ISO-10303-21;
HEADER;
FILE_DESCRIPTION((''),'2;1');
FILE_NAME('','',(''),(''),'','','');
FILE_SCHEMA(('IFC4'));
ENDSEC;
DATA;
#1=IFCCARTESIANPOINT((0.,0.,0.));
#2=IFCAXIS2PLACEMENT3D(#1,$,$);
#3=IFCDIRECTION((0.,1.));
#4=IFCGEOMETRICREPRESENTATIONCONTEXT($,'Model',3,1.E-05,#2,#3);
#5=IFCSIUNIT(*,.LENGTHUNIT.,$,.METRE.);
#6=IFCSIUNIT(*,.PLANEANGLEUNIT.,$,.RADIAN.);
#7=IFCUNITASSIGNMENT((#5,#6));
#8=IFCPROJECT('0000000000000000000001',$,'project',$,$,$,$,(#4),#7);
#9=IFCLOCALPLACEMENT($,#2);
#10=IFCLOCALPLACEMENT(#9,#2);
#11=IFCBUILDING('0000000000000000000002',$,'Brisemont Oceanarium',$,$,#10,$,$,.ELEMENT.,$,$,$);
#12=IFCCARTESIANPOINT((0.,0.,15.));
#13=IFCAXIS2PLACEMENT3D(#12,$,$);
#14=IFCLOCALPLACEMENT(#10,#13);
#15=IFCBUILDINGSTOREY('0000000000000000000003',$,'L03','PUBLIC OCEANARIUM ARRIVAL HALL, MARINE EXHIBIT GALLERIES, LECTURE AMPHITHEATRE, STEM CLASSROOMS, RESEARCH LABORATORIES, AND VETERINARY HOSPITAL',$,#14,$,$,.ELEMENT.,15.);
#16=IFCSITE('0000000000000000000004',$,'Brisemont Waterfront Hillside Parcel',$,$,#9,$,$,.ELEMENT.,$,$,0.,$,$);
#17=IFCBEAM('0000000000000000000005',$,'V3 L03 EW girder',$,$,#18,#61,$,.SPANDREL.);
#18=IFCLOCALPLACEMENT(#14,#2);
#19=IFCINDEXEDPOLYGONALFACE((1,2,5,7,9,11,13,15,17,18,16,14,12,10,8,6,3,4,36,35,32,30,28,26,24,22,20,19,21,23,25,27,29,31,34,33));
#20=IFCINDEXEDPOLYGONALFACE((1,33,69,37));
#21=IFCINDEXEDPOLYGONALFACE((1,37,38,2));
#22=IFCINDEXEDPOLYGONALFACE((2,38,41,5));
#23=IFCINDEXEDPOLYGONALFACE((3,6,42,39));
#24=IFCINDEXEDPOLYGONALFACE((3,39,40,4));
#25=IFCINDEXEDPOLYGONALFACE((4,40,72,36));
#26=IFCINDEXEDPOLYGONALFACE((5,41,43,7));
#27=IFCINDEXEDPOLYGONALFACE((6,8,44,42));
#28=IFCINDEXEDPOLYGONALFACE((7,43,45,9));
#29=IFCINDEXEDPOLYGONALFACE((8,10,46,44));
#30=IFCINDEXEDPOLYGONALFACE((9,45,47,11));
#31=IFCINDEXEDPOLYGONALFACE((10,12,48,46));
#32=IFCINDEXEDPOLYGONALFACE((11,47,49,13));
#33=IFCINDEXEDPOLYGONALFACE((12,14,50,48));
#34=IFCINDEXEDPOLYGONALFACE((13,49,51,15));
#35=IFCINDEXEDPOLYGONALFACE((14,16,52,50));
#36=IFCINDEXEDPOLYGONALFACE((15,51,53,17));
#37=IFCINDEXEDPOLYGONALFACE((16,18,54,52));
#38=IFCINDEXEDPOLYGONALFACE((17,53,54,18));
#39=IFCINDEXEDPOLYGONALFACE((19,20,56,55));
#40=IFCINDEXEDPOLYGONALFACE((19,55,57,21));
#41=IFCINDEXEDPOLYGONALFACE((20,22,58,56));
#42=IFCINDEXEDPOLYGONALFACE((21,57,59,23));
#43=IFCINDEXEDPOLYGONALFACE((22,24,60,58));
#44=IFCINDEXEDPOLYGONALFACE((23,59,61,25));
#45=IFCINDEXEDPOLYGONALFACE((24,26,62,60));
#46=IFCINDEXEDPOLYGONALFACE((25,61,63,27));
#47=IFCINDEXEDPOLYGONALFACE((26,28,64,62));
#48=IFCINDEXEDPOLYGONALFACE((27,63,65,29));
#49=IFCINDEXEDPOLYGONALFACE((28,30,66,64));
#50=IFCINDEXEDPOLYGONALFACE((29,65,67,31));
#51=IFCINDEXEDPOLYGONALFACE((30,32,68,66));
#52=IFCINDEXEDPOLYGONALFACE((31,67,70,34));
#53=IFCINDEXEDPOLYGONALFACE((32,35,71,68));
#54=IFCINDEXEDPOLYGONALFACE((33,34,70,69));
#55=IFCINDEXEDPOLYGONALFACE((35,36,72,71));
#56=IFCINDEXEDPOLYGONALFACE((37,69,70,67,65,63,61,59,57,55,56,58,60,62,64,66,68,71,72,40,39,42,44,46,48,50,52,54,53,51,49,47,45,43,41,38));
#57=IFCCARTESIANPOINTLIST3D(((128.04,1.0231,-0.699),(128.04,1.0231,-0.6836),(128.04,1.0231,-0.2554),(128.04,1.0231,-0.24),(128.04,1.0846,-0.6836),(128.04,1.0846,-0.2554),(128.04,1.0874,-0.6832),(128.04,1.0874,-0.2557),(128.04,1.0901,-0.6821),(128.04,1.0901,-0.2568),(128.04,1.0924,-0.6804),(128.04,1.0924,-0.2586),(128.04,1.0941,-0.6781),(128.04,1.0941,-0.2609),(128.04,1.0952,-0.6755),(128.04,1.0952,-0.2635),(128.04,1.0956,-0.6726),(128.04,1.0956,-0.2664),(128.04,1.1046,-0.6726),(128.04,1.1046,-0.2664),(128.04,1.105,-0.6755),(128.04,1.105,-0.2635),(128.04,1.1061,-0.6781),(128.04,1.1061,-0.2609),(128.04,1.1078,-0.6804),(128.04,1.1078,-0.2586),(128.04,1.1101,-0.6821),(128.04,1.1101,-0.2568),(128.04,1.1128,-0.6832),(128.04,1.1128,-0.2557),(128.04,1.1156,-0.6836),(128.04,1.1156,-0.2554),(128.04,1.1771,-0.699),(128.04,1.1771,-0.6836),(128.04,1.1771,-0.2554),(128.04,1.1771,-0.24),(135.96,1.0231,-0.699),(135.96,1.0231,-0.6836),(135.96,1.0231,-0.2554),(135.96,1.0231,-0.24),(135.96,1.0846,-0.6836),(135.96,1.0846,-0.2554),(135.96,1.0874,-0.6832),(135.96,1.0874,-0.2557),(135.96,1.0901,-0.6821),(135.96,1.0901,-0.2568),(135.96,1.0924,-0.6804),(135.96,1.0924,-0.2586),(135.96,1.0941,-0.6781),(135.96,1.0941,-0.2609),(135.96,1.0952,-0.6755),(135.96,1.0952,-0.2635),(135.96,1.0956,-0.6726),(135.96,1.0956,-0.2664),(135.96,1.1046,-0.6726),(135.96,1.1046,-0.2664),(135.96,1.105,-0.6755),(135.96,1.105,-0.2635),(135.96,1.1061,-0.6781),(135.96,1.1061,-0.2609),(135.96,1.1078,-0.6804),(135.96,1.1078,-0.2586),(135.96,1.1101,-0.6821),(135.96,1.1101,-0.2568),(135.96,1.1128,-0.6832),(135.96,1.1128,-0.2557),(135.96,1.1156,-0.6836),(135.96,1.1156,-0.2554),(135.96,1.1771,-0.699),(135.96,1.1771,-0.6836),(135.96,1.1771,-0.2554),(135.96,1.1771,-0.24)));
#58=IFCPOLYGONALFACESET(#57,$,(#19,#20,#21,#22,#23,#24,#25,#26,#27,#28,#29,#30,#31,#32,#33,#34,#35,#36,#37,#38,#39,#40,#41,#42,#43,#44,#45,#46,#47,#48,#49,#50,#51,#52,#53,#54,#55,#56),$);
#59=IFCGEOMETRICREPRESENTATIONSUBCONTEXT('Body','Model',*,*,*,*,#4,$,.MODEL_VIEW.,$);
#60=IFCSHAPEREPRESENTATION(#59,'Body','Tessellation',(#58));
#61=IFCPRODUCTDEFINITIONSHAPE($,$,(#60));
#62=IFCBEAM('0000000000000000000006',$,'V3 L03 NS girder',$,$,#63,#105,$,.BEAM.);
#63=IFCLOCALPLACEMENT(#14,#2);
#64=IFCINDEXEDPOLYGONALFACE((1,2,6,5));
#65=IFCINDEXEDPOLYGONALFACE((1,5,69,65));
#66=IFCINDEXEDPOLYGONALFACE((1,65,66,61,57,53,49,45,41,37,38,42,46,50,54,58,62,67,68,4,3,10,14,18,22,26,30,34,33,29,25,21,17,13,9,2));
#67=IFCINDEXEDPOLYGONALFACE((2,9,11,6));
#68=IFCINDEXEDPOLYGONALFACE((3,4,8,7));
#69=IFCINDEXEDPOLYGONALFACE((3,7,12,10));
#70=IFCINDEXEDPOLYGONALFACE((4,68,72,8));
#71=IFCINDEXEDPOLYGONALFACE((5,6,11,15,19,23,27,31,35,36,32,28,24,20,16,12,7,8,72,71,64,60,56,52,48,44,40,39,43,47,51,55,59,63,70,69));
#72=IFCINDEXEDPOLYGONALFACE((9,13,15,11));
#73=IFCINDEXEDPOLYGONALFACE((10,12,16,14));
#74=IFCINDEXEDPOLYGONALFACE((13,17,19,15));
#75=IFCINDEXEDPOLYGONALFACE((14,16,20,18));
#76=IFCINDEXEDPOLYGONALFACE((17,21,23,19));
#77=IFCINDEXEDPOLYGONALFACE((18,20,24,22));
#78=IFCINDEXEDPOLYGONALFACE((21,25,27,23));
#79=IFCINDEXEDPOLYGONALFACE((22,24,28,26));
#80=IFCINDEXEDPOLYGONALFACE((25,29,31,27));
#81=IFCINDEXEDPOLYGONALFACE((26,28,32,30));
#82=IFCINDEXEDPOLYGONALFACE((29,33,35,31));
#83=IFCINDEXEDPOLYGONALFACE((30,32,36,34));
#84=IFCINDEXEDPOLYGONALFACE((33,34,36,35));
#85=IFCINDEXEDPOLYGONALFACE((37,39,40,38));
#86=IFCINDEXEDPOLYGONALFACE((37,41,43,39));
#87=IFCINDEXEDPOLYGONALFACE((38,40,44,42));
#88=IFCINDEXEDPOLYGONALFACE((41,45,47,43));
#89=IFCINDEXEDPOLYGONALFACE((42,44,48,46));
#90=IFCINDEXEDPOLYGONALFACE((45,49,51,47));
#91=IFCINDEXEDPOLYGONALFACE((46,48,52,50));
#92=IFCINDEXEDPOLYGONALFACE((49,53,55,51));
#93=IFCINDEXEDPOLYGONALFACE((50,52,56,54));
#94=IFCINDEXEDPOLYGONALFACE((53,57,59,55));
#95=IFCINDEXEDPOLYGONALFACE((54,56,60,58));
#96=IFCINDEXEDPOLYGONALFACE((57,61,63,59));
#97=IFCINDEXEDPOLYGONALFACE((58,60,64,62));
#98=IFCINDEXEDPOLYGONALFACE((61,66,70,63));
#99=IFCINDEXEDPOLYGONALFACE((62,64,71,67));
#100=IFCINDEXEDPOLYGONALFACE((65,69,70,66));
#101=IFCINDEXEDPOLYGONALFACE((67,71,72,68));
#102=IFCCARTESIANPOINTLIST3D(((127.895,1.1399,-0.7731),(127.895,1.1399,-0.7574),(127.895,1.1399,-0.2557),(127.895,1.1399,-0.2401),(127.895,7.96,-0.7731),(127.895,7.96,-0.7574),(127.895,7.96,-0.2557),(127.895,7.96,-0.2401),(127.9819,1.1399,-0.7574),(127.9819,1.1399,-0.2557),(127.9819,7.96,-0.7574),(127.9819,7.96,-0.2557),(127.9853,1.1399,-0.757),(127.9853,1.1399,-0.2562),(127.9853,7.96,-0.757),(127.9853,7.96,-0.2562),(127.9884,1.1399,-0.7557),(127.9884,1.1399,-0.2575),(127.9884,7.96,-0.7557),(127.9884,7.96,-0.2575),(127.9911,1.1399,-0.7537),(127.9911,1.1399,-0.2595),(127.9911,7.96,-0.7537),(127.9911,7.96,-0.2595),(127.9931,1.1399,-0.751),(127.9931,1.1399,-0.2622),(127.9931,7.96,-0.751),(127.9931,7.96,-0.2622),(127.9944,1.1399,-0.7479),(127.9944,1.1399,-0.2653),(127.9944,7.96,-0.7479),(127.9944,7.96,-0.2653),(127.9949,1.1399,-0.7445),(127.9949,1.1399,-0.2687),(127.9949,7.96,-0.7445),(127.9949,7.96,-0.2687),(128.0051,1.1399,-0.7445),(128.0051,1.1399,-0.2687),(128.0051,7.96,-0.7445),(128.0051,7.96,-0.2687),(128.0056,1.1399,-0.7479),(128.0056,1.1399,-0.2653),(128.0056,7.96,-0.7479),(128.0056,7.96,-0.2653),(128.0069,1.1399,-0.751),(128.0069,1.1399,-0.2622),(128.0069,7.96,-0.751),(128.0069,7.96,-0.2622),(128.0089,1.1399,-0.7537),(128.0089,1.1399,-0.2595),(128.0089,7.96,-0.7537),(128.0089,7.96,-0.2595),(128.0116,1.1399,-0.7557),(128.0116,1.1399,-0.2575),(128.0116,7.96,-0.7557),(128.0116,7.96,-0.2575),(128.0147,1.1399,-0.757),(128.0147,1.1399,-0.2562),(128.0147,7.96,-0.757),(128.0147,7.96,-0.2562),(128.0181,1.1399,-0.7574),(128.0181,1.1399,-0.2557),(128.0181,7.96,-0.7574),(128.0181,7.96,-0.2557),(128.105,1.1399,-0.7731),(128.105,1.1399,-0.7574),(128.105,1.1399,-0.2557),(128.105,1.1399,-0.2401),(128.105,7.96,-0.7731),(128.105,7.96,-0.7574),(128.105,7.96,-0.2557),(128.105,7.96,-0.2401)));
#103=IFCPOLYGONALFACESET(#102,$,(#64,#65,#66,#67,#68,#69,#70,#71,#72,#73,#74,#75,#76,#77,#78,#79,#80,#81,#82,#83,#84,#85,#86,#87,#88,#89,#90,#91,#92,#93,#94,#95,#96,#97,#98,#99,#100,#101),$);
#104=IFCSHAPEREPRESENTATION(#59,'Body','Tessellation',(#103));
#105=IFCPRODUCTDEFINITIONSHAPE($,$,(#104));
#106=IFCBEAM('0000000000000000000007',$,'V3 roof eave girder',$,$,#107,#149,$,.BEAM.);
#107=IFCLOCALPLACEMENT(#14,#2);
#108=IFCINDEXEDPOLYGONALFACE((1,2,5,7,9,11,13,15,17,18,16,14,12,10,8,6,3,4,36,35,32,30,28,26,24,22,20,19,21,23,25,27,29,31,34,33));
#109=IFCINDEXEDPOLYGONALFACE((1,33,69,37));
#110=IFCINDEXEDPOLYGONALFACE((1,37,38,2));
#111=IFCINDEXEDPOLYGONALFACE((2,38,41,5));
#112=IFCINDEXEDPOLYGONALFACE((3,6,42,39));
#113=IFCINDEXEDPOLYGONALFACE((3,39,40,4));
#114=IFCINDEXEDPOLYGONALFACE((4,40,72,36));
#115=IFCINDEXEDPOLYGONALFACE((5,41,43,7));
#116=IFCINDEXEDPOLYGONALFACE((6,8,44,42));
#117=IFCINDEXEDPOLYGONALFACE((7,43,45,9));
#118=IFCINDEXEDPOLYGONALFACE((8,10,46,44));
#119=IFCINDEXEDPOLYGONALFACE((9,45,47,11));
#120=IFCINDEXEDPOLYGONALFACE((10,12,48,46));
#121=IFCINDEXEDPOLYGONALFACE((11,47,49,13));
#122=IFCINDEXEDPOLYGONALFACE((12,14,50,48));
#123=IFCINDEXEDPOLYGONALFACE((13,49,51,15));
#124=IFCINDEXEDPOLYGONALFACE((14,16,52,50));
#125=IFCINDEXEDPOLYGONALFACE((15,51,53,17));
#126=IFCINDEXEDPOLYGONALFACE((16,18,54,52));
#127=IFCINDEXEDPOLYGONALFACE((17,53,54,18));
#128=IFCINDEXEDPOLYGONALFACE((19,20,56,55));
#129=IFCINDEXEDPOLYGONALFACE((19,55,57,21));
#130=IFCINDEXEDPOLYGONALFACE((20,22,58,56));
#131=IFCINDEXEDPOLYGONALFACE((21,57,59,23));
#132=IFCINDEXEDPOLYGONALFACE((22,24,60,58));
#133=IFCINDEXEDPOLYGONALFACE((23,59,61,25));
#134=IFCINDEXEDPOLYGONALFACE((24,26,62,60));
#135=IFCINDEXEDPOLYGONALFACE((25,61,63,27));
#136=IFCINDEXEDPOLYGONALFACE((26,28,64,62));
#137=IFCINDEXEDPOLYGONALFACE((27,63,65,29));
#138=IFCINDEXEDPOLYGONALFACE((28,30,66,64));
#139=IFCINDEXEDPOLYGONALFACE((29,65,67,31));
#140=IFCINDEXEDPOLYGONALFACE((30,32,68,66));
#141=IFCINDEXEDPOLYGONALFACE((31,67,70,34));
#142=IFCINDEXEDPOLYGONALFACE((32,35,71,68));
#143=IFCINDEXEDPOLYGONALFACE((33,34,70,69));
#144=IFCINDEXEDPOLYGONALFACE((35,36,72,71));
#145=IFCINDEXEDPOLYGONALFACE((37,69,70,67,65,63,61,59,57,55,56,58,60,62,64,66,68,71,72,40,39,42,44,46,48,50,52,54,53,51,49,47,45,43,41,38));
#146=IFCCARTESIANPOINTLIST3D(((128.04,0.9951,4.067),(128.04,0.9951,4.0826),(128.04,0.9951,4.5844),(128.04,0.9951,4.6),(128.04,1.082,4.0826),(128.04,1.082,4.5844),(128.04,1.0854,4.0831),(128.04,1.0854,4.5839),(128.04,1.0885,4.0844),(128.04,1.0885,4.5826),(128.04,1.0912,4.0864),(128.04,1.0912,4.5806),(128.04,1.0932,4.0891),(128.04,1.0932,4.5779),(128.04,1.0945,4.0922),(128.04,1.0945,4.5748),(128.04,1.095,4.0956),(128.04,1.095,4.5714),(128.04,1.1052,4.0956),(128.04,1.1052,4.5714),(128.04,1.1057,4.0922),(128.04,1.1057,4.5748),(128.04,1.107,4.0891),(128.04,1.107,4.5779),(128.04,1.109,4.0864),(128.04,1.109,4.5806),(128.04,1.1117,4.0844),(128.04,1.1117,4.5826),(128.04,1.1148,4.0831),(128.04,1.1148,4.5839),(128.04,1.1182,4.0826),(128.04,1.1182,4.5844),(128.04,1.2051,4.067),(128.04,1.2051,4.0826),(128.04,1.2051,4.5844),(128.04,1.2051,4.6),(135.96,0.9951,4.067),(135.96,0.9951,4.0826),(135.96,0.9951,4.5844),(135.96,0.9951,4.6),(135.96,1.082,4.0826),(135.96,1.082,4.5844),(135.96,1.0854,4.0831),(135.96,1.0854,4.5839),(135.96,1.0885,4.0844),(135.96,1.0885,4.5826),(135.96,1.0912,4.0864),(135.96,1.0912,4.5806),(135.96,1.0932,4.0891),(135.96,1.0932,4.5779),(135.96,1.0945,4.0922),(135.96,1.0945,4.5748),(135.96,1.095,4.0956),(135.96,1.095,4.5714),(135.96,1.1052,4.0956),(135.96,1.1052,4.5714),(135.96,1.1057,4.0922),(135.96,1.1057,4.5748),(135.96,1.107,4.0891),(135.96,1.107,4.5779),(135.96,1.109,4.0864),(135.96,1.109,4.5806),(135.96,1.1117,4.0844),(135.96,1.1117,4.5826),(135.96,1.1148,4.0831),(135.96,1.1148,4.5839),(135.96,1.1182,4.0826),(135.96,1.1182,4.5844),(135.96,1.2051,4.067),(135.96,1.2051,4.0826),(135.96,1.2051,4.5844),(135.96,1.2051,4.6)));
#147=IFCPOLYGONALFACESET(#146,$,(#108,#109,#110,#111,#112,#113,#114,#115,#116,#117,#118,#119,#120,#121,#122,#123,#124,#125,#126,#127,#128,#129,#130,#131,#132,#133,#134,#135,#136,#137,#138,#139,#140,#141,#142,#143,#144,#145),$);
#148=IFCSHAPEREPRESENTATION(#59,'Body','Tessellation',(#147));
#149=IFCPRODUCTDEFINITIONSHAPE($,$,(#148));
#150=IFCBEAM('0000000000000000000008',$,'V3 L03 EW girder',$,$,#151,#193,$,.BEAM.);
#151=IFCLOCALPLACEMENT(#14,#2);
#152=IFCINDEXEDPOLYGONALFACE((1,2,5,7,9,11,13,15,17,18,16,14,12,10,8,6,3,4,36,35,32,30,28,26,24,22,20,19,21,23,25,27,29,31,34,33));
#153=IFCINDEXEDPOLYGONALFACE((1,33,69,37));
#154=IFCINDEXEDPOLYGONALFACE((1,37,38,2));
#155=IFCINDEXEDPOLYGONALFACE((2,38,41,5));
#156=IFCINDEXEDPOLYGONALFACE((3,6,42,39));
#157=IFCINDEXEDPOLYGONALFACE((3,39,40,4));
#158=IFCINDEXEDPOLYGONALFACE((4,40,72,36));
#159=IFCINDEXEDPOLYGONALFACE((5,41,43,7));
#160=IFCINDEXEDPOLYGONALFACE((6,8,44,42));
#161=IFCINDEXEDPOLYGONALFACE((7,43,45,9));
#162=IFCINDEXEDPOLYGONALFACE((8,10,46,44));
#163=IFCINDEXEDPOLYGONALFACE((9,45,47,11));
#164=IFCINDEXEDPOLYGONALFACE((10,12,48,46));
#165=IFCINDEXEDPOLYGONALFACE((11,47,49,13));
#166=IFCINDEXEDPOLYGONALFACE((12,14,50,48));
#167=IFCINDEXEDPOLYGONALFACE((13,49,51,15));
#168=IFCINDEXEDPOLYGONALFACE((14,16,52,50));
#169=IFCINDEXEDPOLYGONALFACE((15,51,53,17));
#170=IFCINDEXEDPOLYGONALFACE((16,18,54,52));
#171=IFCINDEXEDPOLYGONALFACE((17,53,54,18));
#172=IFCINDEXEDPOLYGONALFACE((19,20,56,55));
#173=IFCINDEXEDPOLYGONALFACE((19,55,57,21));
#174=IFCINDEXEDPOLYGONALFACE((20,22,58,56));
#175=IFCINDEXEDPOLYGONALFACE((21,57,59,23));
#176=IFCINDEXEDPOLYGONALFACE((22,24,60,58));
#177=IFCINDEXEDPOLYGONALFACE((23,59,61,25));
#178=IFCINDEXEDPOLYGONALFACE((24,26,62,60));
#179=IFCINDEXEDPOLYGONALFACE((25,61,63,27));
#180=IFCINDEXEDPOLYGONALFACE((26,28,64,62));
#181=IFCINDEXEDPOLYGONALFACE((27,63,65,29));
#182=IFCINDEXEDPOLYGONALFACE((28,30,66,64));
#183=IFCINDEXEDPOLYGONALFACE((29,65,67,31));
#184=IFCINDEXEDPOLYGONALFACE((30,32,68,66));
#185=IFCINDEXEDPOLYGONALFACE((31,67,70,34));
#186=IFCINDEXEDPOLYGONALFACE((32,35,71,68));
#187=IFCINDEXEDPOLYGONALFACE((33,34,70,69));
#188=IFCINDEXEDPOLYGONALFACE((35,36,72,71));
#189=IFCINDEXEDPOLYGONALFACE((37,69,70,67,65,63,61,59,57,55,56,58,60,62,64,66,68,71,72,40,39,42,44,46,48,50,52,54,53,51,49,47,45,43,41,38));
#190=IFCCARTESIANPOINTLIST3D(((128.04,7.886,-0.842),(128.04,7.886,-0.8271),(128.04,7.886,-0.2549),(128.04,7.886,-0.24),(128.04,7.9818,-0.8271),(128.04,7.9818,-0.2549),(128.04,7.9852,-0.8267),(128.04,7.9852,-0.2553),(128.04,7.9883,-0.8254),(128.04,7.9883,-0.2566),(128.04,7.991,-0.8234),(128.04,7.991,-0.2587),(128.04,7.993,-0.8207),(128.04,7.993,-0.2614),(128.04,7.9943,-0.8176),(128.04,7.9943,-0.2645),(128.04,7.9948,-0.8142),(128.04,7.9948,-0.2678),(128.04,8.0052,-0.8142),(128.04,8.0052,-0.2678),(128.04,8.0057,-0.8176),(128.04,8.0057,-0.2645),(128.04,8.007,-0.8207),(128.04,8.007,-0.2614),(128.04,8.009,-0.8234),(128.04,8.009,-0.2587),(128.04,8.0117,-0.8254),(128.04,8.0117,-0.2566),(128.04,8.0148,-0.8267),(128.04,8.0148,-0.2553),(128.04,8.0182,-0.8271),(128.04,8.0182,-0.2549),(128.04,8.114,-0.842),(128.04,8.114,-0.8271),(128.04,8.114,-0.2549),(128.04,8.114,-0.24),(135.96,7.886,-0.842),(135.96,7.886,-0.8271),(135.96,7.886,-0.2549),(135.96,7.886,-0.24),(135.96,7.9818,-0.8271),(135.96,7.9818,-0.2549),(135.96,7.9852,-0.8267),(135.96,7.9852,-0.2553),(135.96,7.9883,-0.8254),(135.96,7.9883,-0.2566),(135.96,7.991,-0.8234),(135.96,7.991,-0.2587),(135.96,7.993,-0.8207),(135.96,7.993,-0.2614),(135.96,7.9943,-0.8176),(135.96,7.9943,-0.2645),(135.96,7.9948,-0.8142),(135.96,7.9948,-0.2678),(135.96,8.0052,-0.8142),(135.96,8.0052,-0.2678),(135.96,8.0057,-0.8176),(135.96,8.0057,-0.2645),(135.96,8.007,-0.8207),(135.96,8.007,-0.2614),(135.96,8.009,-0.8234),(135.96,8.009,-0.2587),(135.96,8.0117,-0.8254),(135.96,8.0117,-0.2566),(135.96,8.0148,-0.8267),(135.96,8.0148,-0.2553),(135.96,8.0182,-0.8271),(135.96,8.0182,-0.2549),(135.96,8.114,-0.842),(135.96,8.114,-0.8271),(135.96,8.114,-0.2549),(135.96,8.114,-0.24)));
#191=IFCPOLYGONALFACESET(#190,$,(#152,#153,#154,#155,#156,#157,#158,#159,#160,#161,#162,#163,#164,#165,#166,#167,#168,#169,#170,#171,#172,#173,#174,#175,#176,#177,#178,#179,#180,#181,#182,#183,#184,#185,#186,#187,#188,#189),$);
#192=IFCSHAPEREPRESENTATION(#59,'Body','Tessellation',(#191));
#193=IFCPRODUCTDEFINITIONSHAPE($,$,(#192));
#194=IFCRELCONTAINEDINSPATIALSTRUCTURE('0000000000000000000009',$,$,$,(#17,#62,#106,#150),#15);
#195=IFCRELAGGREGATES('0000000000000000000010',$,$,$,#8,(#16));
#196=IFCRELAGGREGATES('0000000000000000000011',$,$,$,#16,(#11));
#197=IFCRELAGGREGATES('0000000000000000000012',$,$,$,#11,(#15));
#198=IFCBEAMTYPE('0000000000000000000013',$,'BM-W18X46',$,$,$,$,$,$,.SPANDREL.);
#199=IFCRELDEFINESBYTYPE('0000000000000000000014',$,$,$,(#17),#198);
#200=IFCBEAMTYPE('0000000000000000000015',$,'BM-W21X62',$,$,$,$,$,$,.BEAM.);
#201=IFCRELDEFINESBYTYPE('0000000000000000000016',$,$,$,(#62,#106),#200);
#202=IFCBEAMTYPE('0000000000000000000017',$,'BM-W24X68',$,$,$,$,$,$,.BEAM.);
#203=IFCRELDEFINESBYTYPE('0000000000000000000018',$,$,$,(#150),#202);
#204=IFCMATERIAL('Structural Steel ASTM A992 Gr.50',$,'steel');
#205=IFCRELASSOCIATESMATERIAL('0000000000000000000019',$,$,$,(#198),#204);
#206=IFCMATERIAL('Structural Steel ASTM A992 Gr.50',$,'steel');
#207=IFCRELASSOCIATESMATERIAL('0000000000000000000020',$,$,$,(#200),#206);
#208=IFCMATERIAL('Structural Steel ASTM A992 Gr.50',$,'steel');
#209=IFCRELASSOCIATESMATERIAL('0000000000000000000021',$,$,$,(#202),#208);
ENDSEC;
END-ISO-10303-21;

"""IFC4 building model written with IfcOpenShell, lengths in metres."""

from ifc_helpers import new_model, si_unit, direction, frame, origin, origin_2d, place, context, subcontext, project, spatial, i_section, extrude, material, material_profile, profile_set, type_object, element, save


model = new_model("IFC4")

# Units and contexts
model_context = context("Model", 3, precision=1e-05, world=origin(), true_north=direction((0.0, 1.0)))
body_context = subcontext(model_context, "Body", "Model", "MODEL_VIEW")
ifc_project = project(units=[si_unit("LENGTHUNIT", "METRE"), si_unit("PLANEANGLEUNIT", "RADIAN")], contexts=[model_context])

# Site, building, storey
site_placement = place(None, origin())
site = spatial("IfcSite", under=ifc_project, at=site_placement, Name="Brisemont Waterfront Hillside Parcel", CompositionType="ELEMENT", RefElevation=0.0)
building_placement = place(site_placement, origin())
building = spatial("IfcBuilding", under=site, at=building_placement, Name="Brisemont Oceanarium", CompositionType="ELEMENT")
storey_placement = place(building_placement, frame((0.0, 0.0, 15.0)))
storey = spatial("IfcBuildingStorey", under=building, at=storey_placement, Name="L03", Description="PUBLIC OCEANARIUM ARRIVAL HALL, MARINE EXHIBIT GALLERIES, LECTURE AMPHITHEATRE, STEM CLASSROOMS, RESEARCH LABORATORIES, AND VETERINARY HOSPITAL", CompositionType="ELEMENT", Elevation=15.0)

# Beams
ifc_material_1 = material(Name="Structural Steel ASTM A992 Gr.50", Category="steel")
ifc_material_profile_1 = material_profile(ifc_material_1, i_section(OverallWidth=0.1541, OverallDepth=0.459, WebThickness=0.009, FlangeThickness=0.0154, FilletRadius=0.011, at=origin_2d()), Name="W18X46")
ifc_profile_set_1 = profile_set([ifc_material_profile_1], Name="Structural Steel ASTM A992 Gr.50")
beam_type_1 = type_object("IfcBeamType", Name="BM-W18X46", PredefinedType="SPANDREL", material=ifc_profile_set_1)
beam_1_placement = place(storey_placement, frame((128.04, 1.1001, -0.4695), z_axis=(1.0, 0.0, 0.0), x_axis=(0.0, 1.0, 0.0)))
element("IfcBeam", 1, at=beam_1_placement, inside=storey, type_object=beam_type_1, Name="V3 L03 EW girder", PredefinedType="SPANDREL", context=body_context, shape_type="SweptSolid", body=[
    extrude(i_section(OverallWidth=0.1541, OverallDepth=0.459, WebThickness=0.009, FlangeThickness=0.0154, FilletRadius=0.011, at=origin_2d()), origin(), (0.0, 0.0, 1.0), 7.9199),
])
ifc_material_2 = material(Name="Structural Steel ASTM A992 Gr.50", Category="steel")
ifc_material_profile_2 = material_profile(ifc_material_2, i_section(OverallWidth=0.21, OverallDepth=0.533, WebThickness=0.0103, FlangeThickness=0.0156, FilletRadius=0.0129, at=origin_2d()), Name="W21X62")
ifc_profile_set_2 = profile_set([ifc_material_profile_2], Name="Structural Steel ASTM A992 Gr.50")
beam_type_2 = type_object("IfcBeamType", Name="BM-W21X62", PredefinedType="BEAM", material=ifc_profile_set_2)
beam_2_placement = place(storey_placement, frame((128.0, 1.1399, -0.5066), z_axis=(0.0, 1.0, 0.0), x_axis=(-1.0, 0.0, 0.0)))
element("IfcBeam", 2, at=beam_2_placement, inside=storey, type_object=beam_type_2, Name="V3 L03 NS girder", PredefinedType="BEAM", context=body_context, shape_type="SweptSolid", body=[
    extrude(i_section(OverallWidth=0.21, OverallDepth=0.533, WebThickness=0.0103, FlangeThickness=0.0156, FilletRadius=0.0129, at=origin_2d()), origin(), (0.0, 0.0, 1.0), 6.8201),
])
beam_3_placement = place(storey_placement, frame((128.04, 1.1001, 4.3335), z_axis=(1.0, 0.0, 0.0), x_axis=(0.0, 1.0, 0.0)))
element("IfcBeam", 3, at=beam_3_placement, inside=storey, type_object=beam_type_2, Name="V3 roof eave girder", PredefinedType="BEAM", context=body_context, shape_type="SweptSolid", body=[
    extrude(i_section(OverallWidth=0.21, OverallDepth=0.533, WebThickness=0.0103, FlangeThickness=0.0156, FilletRadius=0.0129, at=origin_2d()), origin(), (0.0, 0.0, 1.0), 7.9199),
])
ifc_material_3 = material(Name="Structural Steel ASTM A992 Gr.50", Category="steel")
ifc_material_profile_3 = material_profile(ifc_material_3, i_section(OverallWidth=0.228, OverallDepth=0.6021, WebThickness=0.0105, FlangeThickness=0.0149, FilletRadius=0.0129, at=origin_2d()), Name="W24X68")
ifc_profile_set_3 = profile_set([ifc_material_profile_3], Name="Structural Steel ASTM A992 Gr.50")
beam_type_3 = type_object("IfcBeamType", Name="BM-W24X68", PredefinedType="BEAM", material=ifc_profile_set_3)
beam_4_placement = place(storey_placement, frame((128.04, 8.0, -0.541), z_axis=(1.0, 0.0, 0.0), x_axis=(0.0, 1.0, 0.0)))
element("IfcBeam", 4, at=beam_4_placement, inside=storey, type_object=beam_type_3, Name="V3 L03 EW girder", PredefinedType="BEAM", context=body_context, shape_type="SweptSolid", body=[
    extrude(i_section(OverallWidth=0.228, OverallDepth=0.6021, WebThickness=0.0105, FlangeThickness=0.0149, FilletRadius=0.0129, at=origin_2d()), origin(), (0.0, 0.0, 1.0), 7.9199),
])

save(model, "model.ifc")
